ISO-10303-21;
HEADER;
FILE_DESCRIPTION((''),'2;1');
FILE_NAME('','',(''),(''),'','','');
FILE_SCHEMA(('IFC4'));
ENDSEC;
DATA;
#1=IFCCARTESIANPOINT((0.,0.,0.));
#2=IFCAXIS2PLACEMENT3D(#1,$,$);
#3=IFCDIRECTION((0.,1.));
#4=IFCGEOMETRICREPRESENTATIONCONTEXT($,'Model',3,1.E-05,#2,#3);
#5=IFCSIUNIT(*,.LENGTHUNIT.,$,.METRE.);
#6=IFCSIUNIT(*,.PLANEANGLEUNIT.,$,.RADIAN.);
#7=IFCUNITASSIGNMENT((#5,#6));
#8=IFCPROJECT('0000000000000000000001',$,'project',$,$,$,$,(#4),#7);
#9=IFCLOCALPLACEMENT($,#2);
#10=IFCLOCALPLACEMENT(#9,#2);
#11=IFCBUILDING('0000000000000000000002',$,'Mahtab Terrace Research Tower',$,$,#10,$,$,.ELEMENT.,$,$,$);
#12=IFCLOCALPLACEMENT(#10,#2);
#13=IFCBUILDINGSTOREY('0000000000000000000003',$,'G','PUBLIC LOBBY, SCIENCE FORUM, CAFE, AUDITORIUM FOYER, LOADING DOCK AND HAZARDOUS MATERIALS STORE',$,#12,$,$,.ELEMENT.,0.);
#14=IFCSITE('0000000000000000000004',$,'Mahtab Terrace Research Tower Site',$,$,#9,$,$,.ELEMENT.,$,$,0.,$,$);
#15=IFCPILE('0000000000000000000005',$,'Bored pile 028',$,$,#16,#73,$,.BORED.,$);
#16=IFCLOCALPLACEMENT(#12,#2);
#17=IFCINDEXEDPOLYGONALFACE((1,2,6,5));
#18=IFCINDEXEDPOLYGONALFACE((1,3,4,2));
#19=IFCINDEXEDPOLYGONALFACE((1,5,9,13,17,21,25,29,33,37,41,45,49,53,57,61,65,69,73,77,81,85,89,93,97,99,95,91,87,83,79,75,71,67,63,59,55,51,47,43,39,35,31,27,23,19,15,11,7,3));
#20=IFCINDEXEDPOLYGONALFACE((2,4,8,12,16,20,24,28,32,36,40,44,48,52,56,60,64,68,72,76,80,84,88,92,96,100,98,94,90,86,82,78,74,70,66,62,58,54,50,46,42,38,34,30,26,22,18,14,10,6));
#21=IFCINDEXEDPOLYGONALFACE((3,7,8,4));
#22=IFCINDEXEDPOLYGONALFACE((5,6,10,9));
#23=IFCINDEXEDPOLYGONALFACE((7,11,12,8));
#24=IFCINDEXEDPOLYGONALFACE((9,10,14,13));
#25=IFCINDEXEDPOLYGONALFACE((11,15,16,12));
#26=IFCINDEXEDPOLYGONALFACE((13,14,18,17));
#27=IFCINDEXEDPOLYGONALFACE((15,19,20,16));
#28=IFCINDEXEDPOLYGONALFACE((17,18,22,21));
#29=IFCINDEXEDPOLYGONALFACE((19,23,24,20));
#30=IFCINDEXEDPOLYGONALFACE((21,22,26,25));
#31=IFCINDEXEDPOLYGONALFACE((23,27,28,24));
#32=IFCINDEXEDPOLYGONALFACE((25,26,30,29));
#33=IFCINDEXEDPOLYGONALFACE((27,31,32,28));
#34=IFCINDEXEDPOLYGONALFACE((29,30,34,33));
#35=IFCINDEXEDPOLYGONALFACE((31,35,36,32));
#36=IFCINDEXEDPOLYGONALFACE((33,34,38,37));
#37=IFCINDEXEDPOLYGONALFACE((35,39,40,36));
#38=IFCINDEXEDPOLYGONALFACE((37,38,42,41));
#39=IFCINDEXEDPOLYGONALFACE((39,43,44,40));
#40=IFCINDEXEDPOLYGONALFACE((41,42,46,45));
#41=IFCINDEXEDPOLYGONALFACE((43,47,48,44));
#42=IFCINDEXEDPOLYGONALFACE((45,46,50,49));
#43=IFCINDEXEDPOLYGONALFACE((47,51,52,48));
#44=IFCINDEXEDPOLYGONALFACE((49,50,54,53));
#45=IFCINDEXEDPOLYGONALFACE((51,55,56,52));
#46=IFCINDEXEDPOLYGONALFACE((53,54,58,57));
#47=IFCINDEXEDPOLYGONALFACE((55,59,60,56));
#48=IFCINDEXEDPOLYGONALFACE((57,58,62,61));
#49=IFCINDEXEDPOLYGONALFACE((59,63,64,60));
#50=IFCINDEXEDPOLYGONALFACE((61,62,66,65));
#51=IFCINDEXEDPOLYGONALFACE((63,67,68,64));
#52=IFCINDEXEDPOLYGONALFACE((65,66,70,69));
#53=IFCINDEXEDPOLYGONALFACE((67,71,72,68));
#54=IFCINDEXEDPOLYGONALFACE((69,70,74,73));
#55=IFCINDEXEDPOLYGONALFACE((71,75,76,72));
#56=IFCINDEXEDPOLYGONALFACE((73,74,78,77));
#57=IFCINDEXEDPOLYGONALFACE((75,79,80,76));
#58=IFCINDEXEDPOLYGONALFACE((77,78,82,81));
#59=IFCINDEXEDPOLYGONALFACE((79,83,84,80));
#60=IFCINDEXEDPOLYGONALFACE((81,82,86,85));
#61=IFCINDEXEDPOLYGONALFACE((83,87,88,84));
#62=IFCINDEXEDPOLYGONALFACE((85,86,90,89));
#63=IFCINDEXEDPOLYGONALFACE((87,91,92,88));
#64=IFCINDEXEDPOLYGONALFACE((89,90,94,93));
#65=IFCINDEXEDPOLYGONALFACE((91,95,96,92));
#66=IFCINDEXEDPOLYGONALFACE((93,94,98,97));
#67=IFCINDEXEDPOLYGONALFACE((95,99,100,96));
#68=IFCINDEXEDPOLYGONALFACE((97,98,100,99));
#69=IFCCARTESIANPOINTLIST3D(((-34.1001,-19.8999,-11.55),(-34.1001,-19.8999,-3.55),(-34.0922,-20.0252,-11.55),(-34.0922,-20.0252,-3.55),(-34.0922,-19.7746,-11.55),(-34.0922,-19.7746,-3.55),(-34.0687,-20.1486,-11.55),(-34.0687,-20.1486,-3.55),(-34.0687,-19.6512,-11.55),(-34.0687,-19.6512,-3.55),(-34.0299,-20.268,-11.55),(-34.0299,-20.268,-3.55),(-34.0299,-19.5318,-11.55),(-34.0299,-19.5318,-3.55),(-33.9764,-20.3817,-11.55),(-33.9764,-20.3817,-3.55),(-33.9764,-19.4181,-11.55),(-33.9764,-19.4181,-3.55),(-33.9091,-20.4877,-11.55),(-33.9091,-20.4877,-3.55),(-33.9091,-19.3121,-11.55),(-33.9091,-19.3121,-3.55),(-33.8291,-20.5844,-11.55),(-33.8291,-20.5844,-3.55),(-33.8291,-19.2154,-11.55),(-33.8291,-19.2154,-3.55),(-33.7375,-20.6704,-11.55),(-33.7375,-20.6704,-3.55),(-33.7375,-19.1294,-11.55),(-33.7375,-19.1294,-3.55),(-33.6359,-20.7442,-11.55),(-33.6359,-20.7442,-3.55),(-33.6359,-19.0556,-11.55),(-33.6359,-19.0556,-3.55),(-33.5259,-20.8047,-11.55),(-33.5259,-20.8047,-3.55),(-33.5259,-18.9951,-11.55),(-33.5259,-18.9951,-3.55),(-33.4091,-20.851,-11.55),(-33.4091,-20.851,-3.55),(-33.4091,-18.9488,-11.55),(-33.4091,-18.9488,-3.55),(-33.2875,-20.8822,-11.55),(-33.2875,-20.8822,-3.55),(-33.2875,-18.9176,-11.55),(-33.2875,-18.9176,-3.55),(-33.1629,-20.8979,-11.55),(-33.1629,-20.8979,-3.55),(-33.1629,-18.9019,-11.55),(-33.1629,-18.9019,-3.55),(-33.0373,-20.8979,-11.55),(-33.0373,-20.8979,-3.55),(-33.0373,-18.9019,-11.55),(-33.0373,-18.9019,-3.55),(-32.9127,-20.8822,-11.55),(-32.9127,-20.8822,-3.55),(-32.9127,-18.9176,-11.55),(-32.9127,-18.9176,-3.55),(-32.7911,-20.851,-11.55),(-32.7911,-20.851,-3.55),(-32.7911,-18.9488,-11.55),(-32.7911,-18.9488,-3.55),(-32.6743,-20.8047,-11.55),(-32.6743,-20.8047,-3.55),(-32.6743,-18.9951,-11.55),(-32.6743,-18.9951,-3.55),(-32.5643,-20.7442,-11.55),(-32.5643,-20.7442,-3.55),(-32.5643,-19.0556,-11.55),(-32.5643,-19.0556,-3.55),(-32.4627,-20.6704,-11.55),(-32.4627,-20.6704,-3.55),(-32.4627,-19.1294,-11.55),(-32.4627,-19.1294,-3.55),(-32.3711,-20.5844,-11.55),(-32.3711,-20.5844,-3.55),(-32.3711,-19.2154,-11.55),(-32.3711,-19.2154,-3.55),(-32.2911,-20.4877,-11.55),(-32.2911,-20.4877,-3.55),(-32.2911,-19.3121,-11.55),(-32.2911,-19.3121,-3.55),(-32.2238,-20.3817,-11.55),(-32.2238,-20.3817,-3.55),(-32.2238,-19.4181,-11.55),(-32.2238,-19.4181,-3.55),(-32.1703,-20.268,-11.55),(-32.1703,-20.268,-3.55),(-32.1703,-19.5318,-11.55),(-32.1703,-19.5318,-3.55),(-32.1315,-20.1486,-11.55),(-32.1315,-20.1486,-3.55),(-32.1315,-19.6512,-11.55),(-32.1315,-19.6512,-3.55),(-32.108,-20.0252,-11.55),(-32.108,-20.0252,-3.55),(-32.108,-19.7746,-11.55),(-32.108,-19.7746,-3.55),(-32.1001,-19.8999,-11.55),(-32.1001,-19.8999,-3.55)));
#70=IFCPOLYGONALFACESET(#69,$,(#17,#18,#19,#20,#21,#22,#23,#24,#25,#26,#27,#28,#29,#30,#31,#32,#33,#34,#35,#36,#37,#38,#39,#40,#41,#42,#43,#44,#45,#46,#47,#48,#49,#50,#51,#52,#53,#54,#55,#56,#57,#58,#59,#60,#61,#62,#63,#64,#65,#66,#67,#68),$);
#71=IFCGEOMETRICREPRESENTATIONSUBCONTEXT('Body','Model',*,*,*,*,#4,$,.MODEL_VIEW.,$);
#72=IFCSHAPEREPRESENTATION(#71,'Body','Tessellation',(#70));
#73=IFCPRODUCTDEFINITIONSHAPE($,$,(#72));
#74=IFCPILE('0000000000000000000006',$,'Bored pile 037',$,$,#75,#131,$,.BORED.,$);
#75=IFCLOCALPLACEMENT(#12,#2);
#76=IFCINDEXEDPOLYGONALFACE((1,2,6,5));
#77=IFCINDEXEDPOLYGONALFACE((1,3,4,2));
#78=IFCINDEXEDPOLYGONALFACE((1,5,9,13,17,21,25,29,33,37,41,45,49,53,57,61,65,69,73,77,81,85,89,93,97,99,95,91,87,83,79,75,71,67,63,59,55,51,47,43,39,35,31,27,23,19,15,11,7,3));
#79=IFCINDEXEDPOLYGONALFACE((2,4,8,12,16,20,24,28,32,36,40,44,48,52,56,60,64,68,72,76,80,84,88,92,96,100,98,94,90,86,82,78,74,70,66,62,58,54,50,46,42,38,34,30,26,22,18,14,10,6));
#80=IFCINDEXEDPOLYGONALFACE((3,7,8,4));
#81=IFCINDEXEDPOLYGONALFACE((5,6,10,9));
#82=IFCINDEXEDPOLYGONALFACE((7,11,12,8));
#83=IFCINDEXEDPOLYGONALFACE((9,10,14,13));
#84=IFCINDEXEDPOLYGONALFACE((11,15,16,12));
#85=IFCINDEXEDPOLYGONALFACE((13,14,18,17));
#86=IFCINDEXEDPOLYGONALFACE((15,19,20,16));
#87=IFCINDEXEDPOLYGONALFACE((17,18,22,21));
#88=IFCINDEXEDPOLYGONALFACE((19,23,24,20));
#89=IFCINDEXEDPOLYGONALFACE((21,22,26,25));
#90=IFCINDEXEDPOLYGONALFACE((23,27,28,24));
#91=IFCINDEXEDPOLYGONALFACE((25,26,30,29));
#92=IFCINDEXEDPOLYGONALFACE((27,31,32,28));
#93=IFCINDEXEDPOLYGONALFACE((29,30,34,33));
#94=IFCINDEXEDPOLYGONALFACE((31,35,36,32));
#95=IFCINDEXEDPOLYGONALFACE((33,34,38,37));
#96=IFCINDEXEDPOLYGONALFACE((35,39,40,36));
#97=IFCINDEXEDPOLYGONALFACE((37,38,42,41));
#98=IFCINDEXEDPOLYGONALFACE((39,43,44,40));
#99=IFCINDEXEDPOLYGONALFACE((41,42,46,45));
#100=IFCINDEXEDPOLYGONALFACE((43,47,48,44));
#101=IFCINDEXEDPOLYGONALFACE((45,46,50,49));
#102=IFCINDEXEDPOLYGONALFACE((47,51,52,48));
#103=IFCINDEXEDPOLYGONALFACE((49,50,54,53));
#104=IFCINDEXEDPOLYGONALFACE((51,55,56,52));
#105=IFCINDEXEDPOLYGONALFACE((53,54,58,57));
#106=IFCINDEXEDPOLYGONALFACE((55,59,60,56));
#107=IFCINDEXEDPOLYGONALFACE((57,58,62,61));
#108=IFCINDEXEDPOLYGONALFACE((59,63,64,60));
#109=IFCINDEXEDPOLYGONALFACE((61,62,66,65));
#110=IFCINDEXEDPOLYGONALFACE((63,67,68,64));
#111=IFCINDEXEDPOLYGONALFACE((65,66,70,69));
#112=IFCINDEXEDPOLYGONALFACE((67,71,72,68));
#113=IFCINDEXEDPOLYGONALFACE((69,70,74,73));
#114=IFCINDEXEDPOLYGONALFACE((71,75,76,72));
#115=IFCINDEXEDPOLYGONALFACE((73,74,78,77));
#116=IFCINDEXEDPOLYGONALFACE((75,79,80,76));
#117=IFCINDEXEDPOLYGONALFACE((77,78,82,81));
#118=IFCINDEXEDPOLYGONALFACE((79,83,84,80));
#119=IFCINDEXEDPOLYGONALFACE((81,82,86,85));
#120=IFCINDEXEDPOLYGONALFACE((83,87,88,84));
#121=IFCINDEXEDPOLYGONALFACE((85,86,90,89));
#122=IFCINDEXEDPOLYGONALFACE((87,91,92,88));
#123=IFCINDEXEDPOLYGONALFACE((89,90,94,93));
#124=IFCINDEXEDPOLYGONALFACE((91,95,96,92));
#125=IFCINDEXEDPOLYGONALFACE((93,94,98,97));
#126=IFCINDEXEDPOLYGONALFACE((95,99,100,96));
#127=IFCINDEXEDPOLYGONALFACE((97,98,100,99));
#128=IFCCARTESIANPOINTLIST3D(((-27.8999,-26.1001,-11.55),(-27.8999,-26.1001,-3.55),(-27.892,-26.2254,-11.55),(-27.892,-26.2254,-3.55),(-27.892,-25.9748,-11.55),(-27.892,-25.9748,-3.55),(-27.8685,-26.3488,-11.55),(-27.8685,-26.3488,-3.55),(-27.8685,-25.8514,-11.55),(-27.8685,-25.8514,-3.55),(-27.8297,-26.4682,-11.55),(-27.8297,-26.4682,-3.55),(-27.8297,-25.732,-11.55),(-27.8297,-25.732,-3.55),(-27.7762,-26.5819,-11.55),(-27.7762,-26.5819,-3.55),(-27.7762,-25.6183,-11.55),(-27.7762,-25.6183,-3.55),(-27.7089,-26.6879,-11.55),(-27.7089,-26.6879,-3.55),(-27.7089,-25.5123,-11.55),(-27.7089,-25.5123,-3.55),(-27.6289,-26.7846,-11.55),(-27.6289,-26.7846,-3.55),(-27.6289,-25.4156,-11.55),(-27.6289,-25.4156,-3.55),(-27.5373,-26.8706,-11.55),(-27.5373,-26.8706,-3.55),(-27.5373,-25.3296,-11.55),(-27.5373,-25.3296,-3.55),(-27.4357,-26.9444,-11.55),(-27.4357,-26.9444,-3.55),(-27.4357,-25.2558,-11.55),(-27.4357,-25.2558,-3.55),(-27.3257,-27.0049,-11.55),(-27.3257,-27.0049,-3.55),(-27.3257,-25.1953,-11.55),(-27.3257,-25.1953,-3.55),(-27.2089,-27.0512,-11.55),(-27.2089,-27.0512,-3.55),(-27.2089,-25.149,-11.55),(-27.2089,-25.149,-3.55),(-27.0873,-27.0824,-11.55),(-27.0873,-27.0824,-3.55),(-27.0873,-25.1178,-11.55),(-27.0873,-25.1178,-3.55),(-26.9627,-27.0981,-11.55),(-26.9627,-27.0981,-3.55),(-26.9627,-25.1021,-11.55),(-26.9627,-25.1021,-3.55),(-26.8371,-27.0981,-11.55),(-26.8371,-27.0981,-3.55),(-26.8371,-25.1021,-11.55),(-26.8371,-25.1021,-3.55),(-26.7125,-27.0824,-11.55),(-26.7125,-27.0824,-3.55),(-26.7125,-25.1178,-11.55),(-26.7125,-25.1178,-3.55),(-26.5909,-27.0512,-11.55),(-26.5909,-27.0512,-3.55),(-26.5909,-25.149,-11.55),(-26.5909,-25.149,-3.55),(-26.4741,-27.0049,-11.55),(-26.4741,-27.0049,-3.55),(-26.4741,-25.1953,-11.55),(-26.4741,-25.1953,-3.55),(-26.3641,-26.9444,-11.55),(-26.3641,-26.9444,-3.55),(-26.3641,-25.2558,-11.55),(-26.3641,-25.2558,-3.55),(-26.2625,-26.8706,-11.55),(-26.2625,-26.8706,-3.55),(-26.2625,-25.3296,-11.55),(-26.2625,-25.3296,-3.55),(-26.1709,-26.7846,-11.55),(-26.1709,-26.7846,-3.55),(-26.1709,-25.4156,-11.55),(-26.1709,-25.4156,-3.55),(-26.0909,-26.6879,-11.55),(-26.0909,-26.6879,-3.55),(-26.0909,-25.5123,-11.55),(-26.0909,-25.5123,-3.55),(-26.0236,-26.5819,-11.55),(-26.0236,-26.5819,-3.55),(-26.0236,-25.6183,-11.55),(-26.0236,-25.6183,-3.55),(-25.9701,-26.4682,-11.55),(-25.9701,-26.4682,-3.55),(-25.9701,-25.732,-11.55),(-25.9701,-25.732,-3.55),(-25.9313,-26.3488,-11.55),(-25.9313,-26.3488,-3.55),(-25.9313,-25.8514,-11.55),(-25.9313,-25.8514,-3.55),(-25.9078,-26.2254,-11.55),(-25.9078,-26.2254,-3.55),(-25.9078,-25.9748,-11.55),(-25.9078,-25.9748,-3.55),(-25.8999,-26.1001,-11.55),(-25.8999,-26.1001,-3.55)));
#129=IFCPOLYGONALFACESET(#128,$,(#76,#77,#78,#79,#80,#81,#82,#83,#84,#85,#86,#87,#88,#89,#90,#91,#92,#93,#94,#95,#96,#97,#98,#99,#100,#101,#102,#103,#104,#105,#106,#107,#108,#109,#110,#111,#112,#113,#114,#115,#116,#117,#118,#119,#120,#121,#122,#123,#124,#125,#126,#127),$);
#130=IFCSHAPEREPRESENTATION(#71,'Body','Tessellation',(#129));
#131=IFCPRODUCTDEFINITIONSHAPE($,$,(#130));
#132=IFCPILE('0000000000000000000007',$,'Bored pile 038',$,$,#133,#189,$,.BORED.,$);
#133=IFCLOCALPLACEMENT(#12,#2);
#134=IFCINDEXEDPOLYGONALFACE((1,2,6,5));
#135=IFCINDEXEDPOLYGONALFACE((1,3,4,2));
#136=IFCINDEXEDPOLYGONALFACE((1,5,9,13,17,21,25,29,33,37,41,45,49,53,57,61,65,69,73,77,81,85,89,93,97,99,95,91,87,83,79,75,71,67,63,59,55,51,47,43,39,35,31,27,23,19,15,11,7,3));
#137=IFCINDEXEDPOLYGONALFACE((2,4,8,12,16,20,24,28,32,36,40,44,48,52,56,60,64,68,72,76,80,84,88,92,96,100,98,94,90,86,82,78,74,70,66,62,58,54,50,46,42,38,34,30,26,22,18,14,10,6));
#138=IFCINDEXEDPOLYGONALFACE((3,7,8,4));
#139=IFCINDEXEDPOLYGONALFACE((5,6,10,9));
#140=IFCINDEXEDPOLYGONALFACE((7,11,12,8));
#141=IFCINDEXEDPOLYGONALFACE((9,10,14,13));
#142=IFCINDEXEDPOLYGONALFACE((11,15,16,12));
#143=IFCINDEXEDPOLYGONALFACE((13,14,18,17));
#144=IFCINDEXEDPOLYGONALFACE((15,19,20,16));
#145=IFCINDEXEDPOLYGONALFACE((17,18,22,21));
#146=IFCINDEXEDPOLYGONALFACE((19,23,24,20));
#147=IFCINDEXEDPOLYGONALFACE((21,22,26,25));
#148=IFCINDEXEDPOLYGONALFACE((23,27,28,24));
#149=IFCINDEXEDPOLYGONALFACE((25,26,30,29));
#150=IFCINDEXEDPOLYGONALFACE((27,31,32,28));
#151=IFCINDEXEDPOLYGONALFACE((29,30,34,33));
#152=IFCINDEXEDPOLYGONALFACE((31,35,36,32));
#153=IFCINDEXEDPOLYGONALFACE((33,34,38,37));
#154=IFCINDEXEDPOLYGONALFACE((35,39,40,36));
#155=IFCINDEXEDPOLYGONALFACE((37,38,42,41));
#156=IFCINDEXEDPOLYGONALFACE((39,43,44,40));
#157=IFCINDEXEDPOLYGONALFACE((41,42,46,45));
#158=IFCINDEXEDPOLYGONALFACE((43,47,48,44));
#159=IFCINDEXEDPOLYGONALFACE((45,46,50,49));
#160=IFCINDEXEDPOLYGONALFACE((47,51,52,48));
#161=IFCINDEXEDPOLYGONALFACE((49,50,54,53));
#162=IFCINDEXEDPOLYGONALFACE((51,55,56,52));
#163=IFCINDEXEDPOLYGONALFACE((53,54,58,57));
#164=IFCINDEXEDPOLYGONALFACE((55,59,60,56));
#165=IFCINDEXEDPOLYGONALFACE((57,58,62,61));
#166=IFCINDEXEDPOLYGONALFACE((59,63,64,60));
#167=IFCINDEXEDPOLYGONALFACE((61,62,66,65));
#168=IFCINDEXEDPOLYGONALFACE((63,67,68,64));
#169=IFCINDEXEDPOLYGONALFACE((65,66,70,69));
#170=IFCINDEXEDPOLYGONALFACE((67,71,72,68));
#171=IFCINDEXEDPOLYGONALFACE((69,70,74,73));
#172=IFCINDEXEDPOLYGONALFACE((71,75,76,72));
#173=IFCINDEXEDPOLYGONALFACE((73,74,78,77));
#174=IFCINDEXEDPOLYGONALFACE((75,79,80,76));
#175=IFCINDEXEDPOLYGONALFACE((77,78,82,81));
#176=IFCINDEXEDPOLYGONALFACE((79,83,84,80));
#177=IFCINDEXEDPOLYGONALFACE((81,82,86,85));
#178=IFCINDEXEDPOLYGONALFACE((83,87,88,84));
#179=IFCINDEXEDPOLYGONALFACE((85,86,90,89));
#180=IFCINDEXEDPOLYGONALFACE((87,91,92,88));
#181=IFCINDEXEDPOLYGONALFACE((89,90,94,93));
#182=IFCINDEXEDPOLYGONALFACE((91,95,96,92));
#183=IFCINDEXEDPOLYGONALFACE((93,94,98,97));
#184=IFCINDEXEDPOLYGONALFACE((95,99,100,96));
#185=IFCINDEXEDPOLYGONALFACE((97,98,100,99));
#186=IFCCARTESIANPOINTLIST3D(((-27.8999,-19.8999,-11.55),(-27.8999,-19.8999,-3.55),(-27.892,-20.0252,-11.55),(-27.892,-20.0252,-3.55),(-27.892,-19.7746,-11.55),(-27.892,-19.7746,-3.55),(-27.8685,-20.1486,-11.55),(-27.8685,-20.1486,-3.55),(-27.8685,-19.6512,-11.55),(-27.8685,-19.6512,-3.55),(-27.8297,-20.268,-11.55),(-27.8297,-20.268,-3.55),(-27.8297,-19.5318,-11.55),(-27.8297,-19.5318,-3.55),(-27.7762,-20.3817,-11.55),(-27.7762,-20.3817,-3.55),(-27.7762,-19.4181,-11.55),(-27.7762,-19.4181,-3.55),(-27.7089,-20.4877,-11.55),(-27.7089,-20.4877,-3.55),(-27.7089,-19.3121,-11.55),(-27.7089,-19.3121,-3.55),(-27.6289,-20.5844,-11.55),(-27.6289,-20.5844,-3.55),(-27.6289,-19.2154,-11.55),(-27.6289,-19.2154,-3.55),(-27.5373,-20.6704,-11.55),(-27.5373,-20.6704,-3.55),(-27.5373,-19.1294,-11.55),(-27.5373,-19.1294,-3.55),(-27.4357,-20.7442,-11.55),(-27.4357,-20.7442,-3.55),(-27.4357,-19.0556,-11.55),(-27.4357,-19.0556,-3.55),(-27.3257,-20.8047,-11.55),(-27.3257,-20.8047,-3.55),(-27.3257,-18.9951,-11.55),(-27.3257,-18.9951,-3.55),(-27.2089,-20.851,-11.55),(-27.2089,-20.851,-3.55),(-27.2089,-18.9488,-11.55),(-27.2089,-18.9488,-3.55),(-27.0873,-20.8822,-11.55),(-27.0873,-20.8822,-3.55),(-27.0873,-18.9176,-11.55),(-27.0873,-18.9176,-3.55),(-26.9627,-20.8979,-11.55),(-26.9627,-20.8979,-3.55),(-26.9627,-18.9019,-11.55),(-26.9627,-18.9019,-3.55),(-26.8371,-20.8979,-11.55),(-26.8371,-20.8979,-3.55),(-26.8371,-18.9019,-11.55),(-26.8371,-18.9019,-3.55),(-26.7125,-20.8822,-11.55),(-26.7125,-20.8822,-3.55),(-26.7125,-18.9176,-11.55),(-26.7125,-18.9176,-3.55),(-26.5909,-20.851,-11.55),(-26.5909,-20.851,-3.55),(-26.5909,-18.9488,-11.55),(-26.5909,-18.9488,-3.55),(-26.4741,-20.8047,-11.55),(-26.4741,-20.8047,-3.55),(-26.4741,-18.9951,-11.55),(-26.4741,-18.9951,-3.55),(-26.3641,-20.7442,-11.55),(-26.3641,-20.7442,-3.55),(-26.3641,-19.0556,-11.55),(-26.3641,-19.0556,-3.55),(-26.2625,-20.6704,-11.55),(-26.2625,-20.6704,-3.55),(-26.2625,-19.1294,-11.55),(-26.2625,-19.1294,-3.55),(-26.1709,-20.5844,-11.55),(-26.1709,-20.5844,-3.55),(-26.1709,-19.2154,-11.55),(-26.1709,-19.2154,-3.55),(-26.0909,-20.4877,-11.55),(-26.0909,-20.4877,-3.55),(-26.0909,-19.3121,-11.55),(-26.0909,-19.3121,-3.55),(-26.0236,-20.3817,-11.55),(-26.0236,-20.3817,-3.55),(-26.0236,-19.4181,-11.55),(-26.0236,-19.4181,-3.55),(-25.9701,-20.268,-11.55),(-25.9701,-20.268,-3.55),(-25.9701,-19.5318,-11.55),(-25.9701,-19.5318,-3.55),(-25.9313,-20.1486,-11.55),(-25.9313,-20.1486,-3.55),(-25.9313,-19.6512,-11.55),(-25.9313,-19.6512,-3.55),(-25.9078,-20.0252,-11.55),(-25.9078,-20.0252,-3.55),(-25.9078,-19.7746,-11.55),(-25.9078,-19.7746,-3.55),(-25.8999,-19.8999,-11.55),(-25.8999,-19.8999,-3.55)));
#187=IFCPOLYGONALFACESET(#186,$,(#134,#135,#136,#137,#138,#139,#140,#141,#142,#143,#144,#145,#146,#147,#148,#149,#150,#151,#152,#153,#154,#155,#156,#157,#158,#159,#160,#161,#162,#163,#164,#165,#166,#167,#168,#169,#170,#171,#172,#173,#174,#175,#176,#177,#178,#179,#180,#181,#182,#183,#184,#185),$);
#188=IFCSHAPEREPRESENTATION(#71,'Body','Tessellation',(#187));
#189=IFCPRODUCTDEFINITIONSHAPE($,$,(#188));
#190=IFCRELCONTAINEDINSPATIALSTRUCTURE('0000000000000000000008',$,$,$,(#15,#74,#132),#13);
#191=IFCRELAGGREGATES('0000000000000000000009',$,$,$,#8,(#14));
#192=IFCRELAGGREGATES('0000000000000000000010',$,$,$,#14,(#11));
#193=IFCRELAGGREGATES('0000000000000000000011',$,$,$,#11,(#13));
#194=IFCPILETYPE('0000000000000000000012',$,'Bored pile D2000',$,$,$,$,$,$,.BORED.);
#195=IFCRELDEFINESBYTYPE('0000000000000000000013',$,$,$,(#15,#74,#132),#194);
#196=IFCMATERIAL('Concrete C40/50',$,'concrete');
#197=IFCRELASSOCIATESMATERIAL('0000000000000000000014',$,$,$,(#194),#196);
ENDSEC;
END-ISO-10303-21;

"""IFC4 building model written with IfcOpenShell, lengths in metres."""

from ifc_helpers import new_model, si_unit, direction, frame, origin, origin_2d, place, context, subcontext, project, spatial, circle, extrude, material, material_profile, profile_set, type_object, element, save


model = new_model("IFC4")

# Units and contexts
model_context = context("Model", 3, precision=1e-05, world=origin(), true_north=direction((0.0, 1.0)))
body_context = subcontext(model_context, "Body", "Model", "MODEL_VIEW")
ifc_project = project(units=[si_unit("LENGTHUNIT", "METRE"), si_unit("PLANEANGLEUNIT", "RADIAN")], contexts=[model_context])

# Site, building, storey
site_placement = place(None, origin())
site = spatial("IfcSite", under=ifc_project, at=site_placement, Name="Mahtab Terrace Research Tower Site", CompositionType="ELEMENT", RefElevation=0.0)
building_placement = place(site_placement, origin())
building = spatial("IfcBuilding", under=site, at=building_placement, Name="Mahtab Terrace Research Tower", CompositionType="ELEMENT")
storey_placement = place(building_placement, origin())
storey = spatial("IfcBuildingStorey", under=building, at=storey_placement, Name="G", Description="PUBLIC LOBBY, SCIENCE FORUM, CAFE, AUDITORIUM FOYER, LOADING DOCK AND HAZARDOUS MATERIALS STORE", CompositionType="ELEMENT", Elevation=0.0)

# Piles
ifc_material_1 = material(Name="Concrete C40/50", Category="concrete")
ifc_material_profile_1 = material_profile(ifc_material_1, circle(Radius=1.0, at=origin_2d()), Name="Bored pile D2000")
ifc_profile_set_1 = profile_set([ifc_material_profile_1], Name="Concrete C40/50")
pile_type_1 = type_object("IfcPileType", Name="Bored pile D2000", PredefinedType="BORED", material=ifc_profile_set_1)
for number, where, z_axis, x_axis, name in (
    (1, (-33.1001, -19.8999, -3.55), (0.0, 0.0, -1.0), (1.0, 0.0, 0.0), "Bored pile 028"),
    (2, (-26.8999, -26.1001, -3.55), (0.0, 0.0, -1.0), (1.0, 0.0, 0.0), "Bored pile 037"),
    (3, (-26.8999, -19.8999, -3.55), (0.0, 0.0, -1.0), (1.0, 0.0, 0.0), "Bored pile 038"),
):
    element("IfcPile", number, at=place(storey_placement, frame(where, z_axis=z_axis, x_axis=x_axis)), inside=storey, type_object=pile_type_1, Name=name, PredefinedType="BORED", context=body_context, shape_type="SweptSolid", body=[
        extrude(circle(Radius=1.0, at=origin_2d()), origin(), (0.0, 0.0, 1.0), 8.0),
    ])

save(model, "model.ifc")
